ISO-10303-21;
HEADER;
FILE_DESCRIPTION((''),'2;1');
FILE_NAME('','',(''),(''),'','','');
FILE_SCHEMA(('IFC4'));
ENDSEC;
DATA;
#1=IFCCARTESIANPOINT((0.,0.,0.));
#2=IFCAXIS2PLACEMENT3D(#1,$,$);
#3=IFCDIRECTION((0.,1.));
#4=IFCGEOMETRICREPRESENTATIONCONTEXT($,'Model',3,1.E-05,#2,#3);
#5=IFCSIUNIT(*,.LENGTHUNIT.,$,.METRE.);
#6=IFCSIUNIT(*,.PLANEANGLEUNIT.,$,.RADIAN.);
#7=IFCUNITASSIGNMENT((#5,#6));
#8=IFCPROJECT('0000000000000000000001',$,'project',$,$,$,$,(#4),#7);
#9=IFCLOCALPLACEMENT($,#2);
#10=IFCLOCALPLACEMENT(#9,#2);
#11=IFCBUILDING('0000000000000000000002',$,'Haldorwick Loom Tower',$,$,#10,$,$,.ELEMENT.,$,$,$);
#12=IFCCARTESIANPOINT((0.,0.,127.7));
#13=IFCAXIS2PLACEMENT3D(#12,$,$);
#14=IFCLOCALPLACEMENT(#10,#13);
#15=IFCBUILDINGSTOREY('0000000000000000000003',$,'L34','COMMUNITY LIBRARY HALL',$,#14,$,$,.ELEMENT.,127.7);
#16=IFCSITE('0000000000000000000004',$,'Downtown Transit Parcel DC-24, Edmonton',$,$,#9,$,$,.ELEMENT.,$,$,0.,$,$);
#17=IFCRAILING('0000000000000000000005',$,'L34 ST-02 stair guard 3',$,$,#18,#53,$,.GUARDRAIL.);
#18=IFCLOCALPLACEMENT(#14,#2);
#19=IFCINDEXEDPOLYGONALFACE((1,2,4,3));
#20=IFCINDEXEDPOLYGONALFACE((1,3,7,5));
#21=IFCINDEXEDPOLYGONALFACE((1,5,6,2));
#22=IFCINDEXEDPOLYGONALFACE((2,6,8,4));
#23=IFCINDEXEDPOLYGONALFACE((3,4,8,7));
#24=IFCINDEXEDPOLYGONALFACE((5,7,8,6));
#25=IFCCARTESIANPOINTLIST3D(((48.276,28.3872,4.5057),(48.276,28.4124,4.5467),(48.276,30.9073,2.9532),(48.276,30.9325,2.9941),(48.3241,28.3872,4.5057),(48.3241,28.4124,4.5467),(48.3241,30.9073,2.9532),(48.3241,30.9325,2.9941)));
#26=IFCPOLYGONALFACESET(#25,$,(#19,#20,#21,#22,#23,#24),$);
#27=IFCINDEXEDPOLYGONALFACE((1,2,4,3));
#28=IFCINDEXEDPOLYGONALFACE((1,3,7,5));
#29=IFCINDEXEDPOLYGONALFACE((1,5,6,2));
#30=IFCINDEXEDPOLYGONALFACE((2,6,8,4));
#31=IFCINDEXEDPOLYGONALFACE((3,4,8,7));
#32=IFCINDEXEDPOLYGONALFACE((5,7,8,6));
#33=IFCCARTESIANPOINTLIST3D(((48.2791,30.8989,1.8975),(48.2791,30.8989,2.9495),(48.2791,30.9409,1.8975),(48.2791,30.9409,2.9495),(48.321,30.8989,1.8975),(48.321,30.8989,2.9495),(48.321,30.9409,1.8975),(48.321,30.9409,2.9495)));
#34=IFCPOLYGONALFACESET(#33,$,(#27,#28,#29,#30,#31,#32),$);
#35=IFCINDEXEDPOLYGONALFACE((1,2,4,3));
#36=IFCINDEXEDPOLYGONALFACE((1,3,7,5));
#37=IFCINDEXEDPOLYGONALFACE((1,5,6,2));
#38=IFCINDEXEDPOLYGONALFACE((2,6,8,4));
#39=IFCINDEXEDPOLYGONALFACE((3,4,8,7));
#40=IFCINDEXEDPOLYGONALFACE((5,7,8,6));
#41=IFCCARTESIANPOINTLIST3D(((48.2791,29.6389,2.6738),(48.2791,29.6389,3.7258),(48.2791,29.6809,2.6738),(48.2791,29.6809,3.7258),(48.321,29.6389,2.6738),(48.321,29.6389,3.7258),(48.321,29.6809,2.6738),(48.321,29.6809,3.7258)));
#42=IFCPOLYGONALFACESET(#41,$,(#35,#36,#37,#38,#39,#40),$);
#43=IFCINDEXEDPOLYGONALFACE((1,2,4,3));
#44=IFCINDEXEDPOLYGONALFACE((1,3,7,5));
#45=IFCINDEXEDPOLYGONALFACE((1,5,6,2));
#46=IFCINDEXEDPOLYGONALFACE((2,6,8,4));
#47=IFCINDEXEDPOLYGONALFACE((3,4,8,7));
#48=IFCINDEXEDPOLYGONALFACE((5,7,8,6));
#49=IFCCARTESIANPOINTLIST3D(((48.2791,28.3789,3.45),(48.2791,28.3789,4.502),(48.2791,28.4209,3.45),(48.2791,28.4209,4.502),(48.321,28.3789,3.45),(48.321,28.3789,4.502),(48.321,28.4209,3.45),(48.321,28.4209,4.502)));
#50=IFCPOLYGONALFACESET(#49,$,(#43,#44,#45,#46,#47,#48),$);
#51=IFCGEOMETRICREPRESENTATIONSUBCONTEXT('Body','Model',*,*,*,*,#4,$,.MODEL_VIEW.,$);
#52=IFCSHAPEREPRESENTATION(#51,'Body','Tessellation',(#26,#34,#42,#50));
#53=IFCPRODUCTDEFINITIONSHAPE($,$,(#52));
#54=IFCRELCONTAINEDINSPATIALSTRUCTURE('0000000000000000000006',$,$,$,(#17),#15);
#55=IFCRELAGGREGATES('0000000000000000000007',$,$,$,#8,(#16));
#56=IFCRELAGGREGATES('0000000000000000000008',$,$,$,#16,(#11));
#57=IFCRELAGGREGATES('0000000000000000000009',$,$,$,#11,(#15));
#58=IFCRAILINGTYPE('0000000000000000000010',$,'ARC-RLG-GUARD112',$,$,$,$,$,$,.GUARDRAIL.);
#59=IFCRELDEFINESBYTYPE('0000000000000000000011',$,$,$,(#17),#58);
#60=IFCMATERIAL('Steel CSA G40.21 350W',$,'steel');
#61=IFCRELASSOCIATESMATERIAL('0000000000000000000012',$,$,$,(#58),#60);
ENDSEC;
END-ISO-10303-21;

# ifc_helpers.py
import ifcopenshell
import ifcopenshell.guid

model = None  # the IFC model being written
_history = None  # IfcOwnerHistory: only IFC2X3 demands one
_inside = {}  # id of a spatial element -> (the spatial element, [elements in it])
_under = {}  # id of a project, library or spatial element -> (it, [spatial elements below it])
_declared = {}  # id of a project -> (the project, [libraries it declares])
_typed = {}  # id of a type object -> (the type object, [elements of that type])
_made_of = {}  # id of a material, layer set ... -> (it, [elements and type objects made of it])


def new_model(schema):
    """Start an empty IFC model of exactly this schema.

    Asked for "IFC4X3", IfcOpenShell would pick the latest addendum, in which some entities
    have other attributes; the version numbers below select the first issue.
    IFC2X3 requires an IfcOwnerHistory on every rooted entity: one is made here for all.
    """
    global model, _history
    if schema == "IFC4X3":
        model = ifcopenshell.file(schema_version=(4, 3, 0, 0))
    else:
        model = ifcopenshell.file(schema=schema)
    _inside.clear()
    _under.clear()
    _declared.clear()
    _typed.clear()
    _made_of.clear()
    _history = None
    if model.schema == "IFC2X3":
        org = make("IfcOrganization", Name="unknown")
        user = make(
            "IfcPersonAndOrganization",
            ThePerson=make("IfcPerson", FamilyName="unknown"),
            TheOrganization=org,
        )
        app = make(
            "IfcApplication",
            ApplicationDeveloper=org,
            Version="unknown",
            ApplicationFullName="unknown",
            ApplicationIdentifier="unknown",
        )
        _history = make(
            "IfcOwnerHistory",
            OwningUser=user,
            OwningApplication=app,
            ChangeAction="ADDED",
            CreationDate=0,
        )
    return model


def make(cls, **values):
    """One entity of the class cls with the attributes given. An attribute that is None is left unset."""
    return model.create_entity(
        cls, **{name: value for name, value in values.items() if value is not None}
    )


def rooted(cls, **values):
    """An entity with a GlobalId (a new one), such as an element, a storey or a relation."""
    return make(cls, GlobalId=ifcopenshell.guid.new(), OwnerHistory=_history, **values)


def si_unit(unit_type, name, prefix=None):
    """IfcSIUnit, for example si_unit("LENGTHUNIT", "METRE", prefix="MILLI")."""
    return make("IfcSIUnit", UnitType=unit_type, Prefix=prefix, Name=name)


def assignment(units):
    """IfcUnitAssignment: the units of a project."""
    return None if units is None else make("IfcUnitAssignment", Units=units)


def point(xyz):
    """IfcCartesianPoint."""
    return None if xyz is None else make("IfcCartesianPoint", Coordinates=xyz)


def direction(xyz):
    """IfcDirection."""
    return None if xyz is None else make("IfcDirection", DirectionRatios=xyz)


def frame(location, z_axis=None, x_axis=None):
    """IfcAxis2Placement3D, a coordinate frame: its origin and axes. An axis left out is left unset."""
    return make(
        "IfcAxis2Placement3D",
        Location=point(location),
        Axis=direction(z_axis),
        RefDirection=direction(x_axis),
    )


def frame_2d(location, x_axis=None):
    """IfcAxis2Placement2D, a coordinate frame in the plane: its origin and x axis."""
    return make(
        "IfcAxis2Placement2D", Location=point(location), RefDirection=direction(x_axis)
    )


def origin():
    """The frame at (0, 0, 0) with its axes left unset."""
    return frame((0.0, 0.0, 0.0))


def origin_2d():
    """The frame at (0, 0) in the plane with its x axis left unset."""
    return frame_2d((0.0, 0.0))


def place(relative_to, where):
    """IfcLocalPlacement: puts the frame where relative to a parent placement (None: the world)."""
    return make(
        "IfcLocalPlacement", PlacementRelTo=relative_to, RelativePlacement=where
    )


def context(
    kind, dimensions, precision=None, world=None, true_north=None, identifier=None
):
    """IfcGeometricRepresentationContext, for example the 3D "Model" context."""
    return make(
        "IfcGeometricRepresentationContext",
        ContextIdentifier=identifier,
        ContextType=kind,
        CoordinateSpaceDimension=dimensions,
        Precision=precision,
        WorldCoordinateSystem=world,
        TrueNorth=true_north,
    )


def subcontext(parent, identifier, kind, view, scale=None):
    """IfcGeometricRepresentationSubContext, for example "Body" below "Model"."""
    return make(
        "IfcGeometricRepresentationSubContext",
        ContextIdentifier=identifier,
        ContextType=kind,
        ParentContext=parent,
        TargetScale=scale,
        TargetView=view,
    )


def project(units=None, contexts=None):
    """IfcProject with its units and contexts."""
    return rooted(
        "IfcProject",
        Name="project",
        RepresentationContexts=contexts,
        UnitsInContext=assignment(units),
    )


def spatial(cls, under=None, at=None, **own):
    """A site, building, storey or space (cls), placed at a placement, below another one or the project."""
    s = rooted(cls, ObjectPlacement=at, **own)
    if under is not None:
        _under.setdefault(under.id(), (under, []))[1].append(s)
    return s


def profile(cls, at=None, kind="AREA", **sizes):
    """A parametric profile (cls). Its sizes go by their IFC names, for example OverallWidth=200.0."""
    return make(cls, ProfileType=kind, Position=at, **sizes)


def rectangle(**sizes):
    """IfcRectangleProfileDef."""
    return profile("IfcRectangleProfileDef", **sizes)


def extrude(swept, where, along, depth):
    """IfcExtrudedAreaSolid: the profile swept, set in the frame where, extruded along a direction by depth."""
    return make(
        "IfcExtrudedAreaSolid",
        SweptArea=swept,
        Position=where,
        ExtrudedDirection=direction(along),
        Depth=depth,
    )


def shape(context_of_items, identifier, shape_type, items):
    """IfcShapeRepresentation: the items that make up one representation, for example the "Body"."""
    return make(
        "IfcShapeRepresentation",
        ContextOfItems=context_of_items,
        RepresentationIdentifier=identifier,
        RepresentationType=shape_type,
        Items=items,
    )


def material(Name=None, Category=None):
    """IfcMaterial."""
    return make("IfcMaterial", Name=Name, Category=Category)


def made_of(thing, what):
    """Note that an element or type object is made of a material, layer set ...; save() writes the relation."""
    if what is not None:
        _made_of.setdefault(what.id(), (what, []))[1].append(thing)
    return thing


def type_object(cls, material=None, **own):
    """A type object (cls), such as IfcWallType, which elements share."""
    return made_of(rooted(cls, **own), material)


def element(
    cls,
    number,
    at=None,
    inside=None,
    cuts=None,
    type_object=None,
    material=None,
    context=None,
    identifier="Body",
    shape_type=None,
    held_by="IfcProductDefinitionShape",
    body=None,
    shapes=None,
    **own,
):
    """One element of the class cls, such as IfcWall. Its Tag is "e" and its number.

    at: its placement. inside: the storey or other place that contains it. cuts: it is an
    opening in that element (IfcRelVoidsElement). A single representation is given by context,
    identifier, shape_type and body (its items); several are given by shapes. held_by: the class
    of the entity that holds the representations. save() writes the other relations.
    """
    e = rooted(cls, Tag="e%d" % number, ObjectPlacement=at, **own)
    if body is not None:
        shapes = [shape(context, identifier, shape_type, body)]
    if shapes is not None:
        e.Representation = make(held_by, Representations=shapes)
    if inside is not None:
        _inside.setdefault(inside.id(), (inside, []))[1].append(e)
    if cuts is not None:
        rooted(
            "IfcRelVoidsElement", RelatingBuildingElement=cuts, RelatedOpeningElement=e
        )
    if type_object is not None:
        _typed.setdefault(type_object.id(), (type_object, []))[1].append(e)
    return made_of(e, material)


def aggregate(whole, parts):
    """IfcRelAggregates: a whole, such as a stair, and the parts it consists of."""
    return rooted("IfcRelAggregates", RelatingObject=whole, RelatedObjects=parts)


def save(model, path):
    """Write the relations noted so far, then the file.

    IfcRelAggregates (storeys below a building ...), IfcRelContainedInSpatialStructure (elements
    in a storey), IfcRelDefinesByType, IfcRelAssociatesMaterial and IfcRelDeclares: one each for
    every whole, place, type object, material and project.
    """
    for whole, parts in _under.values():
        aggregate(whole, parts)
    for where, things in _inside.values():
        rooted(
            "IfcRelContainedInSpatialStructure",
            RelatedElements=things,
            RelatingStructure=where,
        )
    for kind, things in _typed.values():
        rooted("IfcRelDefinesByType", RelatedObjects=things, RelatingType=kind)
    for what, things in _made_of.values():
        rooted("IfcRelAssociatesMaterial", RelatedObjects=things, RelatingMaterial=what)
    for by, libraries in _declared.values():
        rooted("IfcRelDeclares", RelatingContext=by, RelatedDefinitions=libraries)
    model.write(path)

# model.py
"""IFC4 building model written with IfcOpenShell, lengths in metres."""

from ifc_helpers import new_model, si_unit, direction, frame, origin, origin_2d, place, context, subcontext, project, spatial, rectangle, extrude, material, type_object, element, save


model = new_model("IFC4")

# Units and contexts
model_context = context("Model", 3, precision=1e-05, world=origin(), true_north=direction((0.0, 1.0)))
body_context = subcontext(model_context, "Body", "Model", "MODEL_VIEW")
ifc_project = project(units=[si_unit("LENGTHUNIT", "METRE"), si_unit("PLANEANGLEUNIT", "RADIAN")], contexts=[model_context])

# Site, building, storey
site_placement = place(None, origin())
site = spatial("IfcSite", under=ifc_project, at=site_placement, Name="Downtown Transit Parcel DC-24, Edmonton", CompositionType="ELEMENT", RefElevation=0.0)
building_placement = place(site_placement, origin())
building = spatial("IfcBuilding", under=site, at=building_placement, Name="Haldorwick Loom Tower", CompositionType="ELEMENT")
storey_placement = place(building_placement, frame((0.0, 0.0, 127.7)))
storey = spatial("IfcBuildingStorey", under=building, at=storey_placement, Name="L34", Description="COMMUNITY LIBRARY HALL", CompositionType="ELEMENT", Elevation=127.7)

# Shared definitions
ifc_material_1 = material(Name="Steel CSA G40.21 350W", Category="steel")

# Railing
railing_type_1 = type_object("IfcRailingType", Name="ARC-RLG-GUARD112", PredefinedType="GUARDRAIL", material=ifc_material_1)
railing_1_placement = place(storey_placement, frame((48.3, 30.9199, 1.8975)))
element("IfcRailing", 1, at=railing_1_placement, inside=storey, type_object=railing_type_1, Name="L34 ST-02 stair guard 3", PredefinedType="GUARDRAIL", context=body_context, shape_type="SweptSolid", body=[
    extrude(rectangle(XDim=0.0481, YDim=0.0481, at=origin_2d()), frame((0.0, 0.0, 1.0762), z_axis=(0.0, -0.8514, 0.524516), x_axis=(1.0, 0.0, 0.0)), (0.0, 0.0, 1.0), 2.96),
    extrude(rectangle(XDim=0.042, YDim=0.042, at=origin_2d()), origin(), (0.0, 0.0, 1.0), 1.052),
    extrude(rectangle(XDim=0.042, YDim=0.042, at=origin_2d()), frame((0.0, -1.26, 0.7764)), (0.0, 0.0, 1.0), 1.052),
    extrude(rectangle(XDim=0.042, YDim=0.042, at=origin_2d()), frame((0.0, -2.52, 1.5525)), (0.0, 0.0, 1.0), 1.052),
])

save(model, "model.ifc")
